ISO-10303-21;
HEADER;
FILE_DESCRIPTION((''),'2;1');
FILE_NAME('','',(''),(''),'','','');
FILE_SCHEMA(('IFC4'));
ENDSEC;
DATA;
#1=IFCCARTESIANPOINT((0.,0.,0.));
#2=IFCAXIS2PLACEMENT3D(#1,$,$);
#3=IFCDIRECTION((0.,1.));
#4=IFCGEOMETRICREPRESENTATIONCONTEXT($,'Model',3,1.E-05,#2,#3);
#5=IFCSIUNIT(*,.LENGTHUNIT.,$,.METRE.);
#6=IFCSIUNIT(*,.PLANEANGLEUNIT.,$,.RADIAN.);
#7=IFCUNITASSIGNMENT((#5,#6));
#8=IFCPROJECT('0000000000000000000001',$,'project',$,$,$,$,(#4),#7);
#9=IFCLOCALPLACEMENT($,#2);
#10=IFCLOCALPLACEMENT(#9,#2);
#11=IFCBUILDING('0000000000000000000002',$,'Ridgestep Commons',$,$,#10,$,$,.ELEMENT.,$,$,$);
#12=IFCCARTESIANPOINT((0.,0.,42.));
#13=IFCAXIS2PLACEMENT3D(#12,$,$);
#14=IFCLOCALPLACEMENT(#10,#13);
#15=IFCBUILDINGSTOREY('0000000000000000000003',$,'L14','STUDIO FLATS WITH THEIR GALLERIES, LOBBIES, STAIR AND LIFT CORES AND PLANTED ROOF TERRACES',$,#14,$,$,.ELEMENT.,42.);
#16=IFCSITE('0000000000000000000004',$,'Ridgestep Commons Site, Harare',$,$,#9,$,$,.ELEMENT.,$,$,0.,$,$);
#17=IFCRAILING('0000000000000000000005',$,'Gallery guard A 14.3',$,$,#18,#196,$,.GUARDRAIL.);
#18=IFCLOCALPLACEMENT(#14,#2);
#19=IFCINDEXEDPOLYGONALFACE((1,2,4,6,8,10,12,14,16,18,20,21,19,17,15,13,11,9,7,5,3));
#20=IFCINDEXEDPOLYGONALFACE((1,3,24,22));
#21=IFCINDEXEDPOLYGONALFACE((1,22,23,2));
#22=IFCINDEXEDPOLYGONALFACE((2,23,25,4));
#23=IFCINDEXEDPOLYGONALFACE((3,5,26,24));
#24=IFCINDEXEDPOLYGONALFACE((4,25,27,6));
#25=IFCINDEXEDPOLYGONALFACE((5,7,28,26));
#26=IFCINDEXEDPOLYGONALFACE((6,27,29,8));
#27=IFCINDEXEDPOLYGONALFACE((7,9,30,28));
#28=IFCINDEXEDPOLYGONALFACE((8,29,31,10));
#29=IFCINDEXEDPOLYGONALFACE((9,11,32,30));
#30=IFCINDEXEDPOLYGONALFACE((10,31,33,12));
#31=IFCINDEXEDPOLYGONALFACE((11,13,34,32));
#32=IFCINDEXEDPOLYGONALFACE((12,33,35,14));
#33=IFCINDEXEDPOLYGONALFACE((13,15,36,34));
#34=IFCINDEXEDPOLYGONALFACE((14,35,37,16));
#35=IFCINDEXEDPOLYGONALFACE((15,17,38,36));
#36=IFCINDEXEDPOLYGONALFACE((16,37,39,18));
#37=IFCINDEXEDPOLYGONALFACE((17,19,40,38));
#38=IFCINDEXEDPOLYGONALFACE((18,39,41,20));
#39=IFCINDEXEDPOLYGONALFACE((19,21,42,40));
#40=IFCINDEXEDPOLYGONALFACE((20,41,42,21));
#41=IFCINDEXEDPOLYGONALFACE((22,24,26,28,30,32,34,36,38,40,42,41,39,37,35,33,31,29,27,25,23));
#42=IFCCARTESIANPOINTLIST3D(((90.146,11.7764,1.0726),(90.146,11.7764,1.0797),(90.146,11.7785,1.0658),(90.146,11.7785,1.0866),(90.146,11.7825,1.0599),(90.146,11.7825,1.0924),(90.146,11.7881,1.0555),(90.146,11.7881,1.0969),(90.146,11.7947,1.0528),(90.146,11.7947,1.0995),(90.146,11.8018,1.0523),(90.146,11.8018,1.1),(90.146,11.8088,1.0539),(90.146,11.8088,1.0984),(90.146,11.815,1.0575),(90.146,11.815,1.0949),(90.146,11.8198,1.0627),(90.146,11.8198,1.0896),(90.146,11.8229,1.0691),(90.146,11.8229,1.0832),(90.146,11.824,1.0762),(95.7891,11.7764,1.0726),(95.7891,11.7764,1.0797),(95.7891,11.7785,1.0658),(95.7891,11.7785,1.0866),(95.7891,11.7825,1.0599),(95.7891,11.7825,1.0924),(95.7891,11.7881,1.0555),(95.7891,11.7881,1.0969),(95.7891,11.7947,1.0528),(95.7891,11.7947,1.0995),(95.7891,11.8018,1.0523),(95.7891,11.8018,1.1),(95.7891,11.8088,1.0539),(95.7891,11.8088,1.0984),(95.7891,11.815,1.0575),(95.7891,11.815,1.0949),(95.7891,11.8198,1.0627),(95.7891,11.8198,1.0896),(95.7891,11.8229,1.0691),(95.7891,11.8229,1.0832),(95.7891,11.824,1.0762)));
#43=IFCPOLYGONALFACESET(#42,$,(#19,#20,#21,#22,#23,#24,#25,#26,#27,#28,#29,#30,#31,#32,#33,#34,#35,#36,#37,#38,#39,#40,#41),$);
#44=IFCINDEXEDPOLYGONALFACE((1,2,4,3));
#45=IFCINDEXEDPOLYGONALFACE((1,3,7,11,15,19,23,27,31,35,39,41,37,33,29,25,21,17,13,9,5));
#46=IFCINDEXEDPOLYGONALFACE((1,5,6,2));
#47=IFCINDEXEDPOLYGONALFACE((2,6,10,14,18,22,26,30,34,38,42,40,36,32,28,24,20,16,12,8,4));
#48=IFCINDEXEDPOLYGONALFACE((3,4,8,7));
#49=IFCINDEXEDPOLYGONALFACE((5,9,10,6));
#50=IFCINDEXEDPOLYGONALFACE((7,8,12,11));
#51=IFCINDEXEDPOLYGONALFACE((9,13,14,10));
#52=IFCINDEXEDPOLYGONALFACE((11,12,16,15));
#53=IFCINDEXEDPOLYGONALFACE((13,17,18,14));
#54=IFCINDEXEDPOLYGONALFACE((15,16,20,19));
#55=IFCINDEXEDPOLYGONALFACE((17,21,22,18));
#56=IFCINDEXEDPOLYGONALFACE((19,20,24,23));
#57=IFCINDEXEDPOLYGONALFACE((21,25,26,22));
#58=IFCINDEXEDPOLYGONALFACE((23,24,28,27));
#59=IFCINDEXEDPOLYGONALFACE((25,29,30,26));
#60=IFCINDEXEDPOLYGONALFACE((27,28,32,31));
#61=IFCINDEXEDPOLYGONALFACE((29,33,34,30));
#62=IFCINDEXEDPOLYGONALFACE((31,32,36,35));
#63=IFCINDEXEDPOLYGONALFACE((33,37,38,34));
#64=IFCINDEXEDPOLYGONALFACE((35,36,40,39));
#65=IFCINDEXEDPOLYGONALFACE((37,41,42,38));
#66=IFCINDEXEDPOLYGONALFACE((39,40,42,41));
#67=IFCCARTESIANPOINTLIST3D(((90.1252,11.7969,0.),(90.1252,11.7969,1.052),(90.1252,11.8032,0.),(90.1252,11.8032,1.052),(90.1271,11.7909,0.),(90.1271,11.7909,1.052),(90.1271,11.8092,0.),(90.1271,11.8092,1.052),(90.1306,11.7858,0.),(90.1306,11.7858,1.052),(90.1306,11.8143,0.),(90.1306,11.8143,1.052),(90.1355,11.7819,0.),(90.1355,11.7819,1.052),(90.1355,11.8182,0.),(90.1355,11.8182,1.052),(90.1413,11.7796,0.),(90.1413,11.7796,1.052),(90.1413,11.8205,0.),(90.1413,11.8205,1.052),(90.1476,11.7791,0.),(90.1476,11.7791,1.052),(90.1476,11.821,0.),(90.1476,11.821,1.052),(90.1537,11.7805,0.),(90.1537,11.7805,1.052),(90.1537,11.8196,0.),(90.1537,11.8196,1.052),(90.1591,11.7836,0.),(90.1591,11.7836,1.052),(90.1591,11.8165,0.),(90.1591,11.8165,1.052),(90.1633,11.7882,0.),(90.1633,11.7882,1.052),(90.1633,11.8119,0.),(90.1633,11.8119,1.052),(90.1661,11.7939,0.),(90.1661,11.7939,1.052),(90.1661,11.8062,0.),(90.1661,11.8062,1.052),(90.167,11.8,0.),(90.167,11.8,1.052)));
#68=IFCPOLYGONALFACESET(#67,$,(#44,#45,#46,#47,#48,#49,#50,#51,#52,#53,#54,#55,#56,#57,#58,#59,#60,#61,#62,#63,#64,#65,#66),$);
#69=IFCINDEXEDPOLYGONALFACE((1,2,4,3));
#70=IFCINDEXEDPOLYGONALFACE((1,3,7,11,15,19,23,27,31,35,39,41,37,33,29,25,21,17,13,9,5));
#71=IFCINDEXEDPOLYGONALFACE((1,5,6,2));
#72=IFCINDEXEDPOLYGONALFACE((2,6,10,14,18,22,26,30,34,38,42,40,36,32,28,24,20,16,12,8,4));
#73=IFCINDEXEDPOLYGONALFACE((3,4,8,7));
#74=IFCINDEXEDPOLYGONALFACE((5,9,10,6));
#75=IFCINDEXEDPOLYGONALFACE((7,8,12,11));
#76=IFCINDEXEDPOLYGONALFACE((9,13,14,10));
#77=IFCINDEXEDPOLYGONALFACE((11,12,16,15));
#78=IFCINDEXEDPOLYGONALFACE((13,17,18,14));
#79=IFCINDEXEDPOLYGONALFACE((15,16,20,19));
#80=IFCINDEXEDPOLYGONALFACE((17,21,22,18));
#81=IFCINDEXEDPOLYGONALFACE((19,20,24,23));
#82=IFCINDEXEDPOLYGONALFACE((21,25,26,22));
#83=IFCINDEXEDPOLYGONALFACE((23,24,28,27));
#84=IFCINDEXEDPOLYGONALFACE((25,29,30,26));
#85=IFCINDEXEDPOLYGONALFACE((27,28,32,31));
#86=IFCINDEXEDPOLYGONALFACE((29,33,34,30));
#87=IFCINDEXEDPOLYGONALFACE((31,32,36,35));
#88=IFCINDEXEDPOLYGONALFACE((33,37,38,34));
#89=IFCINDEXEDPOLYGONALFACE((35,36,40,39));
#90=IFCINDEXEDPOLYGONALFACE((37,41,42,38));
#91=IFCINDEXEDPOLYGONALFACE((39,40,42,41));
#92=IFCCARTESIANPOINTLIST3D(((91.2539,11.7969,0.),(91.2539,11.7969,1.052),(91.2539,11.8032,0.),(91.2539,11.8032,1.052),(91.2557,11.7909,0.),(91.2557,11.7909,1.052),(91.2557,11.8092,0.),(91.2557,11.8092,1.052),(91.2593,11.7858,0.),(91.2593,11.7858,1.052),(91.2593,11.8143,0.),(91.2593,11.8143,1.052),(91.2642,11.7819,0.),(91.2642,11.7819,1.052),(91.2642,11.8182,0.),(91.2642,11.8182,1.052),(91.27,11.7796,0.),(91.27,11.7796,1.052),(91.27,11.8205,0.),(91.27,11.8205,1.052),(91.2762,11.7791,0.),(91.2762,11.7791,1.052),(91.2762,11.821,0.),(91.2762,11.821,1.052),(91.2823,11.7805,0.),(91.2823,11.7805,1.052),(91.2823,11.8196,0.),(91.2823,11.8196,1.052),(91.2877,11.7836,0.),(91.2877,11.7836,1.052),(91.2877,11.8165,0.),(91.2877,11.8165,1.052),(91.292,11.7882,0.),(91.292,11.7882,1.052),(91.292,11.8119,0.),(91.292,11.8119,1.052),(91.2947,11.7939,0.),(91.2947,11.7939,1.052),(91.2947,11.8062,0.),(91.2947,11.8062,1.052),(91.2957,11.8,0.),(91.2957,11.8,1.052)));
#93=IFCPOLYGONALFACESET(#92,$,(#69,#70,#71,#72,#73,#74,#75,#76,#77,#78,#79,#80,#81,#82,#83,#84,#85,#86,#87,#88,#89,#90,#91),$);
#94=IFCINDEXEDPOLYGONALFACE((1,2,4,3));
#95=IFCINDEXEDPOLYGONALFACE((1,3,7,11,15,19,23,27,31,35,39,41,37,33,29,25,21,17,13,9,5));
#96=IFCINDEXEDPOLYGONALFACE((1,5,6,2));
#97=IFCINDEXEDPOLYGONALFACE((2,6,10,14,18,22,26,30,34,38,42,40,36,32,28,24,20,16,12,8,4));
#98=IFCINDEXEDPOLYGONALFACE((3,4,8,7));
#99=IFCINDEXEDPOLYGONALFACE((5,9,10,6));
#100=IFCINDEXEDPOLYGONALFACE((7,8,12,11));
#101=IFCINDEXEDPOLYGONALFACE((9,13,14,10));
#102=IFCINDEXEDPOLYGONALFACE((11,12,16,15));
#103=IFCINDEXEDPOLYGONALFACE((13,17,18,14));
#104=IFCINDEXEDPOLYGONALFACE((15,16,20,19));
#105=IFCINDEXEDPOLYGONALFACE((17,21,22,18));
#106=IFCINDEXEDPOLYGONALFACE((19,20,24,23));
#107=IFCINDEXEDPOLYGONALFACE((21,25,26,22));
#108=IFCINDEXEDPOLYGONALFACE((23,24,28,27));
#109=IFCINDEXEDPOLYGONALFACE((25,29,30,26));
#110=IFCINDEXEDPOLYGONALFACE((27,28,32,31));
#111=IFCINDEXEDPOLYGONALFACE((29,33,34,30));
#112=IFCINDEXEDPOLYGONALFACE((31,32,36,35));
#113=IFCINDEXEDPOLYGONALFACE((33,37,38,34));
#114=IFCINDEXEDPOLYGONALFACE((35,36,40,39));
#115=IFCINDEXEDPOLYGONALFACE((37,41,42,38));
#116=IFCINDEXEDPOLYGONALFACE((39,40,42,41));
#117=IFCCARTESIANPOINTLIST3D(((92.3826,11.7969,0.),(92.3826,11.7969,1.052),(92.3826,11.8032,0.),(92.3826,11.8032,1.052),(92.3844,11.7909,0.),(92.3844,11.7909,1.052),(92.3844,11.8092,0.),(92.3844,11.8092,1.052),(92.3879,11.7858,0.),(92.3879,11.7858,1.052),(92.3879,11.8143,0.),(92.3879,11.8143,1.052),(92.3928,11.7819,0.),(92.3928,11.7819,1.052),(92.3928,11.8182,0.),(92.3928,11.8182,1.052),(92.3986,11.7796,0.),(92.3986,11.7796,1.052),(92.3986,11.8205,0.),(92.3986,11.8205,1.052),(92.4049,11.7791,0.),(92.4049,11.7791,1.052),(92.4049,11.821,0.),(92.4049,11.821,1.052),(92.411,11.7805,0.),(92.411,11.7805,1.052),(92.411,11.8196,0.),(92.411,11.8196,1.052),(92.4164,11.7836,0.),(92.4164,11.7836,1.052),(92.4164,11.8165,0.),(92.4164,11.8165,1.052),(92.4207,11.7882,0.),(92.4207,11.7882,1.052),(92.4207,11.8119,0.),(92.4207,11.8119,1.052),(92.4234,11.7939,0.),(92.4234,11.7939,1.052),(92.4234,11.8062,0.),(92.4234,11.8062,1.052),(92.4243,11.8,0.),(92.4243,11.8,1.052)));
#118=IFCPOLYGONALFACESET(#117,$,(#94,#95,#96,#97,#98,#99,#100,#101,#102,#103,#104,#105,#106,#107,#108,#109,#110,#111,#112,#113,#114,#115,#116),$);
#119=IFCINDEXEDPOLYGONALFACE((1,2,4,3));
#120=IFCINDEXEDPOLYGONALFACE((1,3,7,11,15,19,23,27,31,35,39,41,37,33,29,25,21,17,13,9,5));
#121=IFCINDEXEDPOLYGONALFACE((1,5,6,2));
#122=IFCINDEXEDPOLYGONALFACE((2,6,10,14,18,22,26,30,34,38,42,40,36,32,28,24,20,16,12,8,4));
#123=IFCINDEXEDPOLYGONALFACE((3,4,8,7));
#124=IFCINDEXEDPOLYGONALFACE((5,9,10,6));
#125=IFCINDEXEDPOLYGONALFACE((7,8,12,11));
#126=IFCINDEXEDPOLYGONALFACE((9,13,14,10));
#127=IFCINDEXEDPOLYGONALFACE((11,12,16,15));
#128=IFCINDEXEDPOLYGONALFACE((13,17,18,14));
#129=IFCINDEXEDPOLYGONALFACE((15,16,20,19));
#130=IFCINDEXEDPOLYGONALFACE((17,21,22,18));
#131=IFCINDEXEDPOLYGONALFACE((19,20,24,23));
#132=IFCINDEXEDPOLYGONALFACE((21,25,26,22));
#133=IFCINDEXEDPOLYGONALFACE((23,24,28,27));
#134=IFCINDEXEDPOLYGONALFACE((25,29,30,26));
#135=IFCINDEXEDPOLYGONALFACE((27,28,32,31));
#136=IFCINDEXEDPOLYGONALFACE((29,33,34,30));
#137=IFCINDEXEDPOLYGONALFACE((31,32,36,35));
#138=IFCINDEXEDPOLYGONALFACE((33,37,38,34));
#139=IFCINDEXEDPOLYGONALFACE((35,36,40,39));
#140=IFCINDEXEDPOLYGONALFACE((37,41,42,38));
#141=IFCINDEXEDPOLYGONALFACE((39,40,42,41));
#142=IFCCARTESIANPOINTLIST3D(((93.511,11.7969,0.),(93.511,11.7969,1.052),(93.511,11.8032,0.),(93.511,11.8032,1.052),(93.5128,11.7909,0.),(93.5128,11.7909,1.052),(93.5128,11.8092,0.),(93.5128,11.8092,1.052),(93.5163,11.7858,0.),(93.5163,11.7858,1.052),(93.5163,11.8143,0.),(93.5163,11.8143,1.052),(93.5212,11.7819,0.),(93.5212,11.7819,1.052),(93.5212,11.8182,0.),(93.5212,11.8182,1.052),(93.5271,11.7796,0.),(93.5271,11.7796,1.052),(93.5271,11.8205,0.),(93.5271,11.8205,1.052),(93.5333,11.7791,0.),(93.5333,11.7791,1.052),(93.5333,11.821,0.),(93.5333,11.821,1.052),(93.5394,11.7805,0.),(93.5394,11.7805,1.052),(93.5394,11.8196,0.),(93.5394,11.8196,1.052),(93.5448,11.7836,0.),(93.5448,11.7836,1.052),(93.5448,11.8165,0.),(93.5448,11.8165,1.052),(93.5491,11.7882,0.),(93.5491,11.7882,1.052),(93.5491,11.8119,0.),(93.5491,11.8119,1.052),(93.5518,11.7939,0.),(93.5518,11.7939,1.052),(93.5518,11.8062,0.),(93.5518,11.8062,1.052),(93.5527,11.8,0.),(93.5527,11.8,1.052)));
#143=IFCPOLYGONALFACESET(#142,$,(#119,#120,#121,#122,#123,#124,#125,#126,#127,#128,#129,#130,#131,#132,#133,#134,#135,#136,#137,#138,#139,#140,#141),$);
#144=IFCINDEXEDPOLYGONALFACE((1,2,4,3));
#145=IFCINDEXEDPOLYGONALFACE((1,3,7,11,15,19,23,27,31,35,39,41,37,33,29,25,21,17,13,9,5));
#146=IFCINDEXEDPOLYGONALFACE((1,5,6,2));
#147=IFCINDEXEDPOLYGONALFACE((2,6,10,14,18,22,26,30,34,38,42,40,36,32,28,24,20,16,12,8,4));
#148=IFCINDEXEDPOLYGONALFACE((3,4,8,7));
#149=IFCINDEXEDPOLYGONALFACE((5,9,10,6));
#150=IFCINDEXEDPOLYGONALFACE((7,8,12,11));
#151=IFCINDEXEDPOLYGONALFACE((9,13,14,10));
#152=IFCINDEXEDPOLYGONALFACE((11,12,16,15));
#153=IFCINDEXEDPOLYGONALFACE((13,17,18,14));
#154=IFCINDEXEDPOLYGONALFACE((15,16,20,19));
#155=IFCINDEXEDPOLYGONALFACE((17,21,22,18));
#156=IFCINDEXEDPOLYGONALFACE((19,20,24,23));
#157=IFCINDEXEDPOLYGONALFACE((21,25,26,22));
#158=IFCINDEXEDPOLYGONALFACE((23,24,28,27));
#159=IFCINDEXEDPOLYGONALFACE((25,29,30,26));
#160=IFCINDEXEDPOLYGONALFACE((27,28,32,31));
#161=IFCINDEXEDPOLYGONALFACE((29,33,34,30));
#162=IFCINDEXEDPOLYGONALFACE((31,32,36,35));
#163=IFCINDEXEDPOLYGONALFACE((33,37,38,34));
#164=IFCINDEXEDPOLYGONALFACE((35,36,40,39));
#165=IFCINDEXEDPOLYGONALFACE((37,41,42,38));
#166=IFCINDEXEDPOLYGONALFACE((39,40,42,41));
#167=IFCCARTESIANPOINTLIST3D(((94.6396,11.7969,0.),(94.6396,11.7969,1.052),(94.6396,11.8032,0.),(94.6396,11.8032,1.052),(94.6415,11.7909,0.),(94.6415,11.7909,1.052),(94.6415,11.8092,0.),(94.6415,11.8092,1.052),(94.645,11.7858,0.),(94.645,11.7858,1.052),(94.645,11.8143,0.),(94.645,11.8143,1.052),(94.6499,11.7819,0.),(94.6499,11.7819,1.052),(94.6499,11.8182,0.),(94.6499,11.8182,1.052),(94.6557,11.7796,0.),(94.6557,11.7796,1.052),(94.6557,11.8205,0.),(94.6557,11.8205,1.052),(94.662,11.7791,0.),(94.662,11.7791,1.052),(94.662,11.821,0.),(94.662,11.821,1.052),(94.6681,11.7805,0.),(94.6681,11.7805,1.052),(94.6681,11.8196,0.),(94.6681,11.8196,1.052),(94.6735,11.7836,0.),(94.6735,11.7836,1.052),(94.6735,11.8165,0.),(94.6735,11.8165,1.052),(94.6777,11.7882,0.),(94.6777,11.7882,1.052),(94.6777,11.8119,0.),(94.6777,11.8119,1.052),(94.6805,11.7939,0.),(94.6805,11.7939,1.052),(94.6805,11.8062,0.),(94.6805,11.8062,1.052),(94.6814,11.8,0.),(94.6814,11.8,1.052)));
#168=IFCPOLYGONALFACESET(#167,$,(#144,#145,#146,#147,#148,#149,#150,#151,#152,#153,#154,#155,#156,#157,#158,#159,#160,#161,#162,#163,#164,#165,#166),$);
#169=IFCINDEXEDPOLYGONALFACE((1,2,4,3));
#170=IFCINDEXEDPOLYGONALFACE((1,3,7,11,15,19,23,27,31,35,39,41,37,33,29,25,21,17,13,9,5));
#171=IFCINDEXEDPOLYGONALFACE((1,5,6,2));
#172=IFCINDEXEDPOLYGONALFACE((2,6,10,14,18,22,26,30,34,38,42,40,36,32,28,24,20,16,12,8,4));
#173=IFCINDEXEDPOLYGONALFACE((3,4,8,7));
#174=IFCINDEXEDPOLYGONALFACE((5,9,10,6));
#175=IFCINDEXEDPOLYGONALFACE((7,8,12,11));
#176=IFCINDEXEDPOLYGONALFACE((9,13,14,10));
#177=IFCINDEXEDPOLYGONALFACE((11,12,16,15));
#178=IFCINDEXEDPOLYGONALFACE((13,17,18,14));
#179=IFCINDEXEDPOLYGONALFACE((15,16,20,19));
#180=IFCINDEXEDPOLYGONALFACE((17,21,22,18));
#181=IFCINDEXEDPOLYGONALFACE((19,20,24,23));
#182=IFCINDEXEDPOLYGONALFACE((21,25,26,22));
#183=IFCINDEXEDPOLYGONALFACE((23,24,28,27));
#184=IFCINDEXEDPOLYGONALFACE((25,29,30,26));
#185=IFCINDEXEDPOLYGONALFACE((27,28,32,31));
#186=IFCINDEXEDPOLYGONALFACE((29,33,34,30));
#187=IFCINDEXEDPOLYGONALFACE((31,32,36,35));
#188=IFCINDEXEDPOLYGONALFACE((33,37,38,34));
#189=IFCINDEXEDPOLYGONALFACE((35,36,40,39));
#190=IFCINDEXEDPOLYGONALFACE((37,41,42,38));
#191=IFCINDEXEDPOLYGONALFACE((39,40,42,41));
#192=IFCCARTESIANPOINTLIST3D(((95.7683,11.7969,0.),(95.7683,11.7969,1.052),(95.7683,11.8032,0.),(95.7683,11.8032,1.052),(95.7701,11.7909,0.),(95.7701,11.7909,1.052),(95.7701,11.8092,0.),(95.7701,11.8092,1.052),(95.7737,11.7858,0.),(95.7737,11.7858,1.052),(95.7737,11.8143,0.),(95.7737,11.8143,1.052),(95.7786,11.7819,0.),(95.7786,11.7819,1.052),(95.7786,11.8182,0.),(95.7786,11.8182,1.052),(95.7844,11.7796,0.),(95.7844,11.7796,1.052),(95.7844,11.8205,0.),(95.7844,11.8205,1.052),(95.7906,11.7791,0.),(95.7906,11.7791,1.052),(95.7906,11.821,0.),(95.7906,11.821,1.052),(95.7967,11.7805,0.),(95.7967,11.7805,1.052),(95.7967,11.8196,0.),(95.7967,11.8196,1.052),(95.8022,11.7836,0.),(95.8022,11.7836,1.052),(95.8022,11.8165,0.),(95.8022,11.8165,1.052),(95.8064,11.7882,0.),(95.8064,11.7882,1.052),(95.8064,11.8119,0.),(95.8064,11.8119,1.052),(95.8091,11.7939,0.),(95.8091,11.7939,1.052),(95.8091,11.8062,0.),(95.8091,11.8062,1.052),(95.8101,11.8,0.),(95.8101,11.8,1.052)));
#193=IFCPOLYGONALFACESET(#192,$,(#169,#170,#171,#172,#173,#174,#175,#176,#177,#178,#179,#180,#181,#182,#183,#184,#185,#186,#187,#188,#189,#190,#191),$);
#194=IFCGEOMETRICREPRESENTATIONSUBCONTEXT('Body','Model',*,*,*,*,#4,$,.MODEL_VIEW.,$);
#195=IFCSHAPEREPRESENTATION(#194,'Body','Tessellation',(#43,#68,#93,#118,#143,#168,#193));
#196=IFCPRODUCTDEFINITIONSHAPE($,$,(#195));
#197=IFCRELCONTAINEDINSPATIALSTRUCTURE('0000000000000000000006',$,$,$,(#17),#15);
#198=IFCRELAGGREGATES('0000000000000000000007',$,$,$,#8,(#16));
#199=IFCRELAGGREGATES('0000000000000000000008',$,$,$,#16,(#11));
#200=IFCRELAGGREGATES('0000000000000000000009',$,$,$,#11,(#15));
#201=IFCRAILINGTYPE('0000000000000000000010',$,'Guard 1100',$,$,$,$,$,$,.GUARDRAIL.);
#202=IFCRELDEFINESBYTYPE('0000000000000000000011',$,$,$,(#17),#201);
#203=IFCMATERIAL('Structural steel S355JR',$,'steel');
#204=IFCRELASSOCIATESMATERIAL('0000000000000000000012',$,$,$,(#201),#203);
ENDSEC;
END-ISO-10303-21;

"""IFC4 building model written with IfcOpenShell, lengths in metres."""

from ifc_helpers import new_model, si_unit, direction, frame, origin, origin_2d, place, context, subcontext, project, spatial, circle, extrude, material, type_object, element, save


model = new_model("IFC4")

# Units and contexts
model_context = context("Model", 3, precision=1e-05, world=origin(), true_north=direction((0.0, 1.0)))
body_context = subcontext(model_context, "Body", "Model", "MODEL_VIEW")
ifc_project = project(units=[si_unit("LENGTHUNIT", "METRE"), si_unit("PLANEANGLEUNIT", "RADIAN")], contexts=[model_context])

# Site, building, storey
site_placement = place(None, origin())
site = spatial("IfcSite", under=ifc_project, at=site_placement, Name="Ridgestep Commons Site, Harare", CompositionType="ELEMENT", RefElevation=0.0)
building_placement = place(site_placement, origin())
building = spatial("IfcBuilding", under=site, at=building_placement, Name="Ridgestep Commons", CompositionType="ELEMENT")
storey_placement = place(building_placement, frame((0.0, 0.0, 42.0)))
storey = spatial("IfcBuildingStorey", under=building, at=storey_placement, Name="L14", Description="STUDIO FLATS WITH THEIR GALLERIES, LOBBIES, STAIR AND LIFT CORES AND PLANTED ROOF TERRACES", CompositionType="ELEMENT", Elevation=42.0)

# Railing
ifc_material_1 = material(Name="Structural steel S355JR", Category="steel")
railing_type_1 = type_object("IfcRailingType", Name="Guard 1100", PredefinedType="GUARDRAIL", material=ifc_material_1)
railing_1_placement = place(storey_placement, frame((90.146, 11.8, 0.0)))
element("IfcRailing", 1, at=railing_1_placement, inside=storey, type_object=railing_type_1, Name="Gallery guard A 14.3", PredefinedType="GUARDRAIL", context=body_context, shape_type="SweptSolid", body=[
    extrude(circle(Radius=0.0239, at=origin_2d()), frame((0.0, 0.0, 1.0762), z_axis=(1.0, 0.0, 0.0), x_axis=(0.0, 1.0, 0.0)), (0.0, 0.0, 1.0), 5.6431),
    extrude(circle(Radius=0.021, at=origin_2d()), origin(), (0.0, 0.0, 1.0), 1.052),
    extrude(circle(Radius=0.021, at=origin_2d()), frame((1.1287, 0.0, 0.0)), (0.0, 0.0, 1.0), 1.052),
    extrude(circle(Radius=0.021, at=origin_2d()), frame((2.2573, 0.0, 0.0)), (0.0, 0.0, 1.0), 1.052),
    extrude(circle(Radius=0.021, at=origin_2d()), frame((3.3857, 0.0, 0.0)), (0.0, 0.0, 1.0), 1.052),
    extrude(circle(Radius=0.021, at=origin_2d()), frame((4.5144, 0.0, 0.0)), (0.0, 0.0, 1.0), 1.052),
    extrude(circle(Radius=0.021, at=origin_2d()), frame((5.6431, 0.0, 0.0)), (0.0, 0.0, 1.0), 1.052),
])

save(model, "model.ifc")
